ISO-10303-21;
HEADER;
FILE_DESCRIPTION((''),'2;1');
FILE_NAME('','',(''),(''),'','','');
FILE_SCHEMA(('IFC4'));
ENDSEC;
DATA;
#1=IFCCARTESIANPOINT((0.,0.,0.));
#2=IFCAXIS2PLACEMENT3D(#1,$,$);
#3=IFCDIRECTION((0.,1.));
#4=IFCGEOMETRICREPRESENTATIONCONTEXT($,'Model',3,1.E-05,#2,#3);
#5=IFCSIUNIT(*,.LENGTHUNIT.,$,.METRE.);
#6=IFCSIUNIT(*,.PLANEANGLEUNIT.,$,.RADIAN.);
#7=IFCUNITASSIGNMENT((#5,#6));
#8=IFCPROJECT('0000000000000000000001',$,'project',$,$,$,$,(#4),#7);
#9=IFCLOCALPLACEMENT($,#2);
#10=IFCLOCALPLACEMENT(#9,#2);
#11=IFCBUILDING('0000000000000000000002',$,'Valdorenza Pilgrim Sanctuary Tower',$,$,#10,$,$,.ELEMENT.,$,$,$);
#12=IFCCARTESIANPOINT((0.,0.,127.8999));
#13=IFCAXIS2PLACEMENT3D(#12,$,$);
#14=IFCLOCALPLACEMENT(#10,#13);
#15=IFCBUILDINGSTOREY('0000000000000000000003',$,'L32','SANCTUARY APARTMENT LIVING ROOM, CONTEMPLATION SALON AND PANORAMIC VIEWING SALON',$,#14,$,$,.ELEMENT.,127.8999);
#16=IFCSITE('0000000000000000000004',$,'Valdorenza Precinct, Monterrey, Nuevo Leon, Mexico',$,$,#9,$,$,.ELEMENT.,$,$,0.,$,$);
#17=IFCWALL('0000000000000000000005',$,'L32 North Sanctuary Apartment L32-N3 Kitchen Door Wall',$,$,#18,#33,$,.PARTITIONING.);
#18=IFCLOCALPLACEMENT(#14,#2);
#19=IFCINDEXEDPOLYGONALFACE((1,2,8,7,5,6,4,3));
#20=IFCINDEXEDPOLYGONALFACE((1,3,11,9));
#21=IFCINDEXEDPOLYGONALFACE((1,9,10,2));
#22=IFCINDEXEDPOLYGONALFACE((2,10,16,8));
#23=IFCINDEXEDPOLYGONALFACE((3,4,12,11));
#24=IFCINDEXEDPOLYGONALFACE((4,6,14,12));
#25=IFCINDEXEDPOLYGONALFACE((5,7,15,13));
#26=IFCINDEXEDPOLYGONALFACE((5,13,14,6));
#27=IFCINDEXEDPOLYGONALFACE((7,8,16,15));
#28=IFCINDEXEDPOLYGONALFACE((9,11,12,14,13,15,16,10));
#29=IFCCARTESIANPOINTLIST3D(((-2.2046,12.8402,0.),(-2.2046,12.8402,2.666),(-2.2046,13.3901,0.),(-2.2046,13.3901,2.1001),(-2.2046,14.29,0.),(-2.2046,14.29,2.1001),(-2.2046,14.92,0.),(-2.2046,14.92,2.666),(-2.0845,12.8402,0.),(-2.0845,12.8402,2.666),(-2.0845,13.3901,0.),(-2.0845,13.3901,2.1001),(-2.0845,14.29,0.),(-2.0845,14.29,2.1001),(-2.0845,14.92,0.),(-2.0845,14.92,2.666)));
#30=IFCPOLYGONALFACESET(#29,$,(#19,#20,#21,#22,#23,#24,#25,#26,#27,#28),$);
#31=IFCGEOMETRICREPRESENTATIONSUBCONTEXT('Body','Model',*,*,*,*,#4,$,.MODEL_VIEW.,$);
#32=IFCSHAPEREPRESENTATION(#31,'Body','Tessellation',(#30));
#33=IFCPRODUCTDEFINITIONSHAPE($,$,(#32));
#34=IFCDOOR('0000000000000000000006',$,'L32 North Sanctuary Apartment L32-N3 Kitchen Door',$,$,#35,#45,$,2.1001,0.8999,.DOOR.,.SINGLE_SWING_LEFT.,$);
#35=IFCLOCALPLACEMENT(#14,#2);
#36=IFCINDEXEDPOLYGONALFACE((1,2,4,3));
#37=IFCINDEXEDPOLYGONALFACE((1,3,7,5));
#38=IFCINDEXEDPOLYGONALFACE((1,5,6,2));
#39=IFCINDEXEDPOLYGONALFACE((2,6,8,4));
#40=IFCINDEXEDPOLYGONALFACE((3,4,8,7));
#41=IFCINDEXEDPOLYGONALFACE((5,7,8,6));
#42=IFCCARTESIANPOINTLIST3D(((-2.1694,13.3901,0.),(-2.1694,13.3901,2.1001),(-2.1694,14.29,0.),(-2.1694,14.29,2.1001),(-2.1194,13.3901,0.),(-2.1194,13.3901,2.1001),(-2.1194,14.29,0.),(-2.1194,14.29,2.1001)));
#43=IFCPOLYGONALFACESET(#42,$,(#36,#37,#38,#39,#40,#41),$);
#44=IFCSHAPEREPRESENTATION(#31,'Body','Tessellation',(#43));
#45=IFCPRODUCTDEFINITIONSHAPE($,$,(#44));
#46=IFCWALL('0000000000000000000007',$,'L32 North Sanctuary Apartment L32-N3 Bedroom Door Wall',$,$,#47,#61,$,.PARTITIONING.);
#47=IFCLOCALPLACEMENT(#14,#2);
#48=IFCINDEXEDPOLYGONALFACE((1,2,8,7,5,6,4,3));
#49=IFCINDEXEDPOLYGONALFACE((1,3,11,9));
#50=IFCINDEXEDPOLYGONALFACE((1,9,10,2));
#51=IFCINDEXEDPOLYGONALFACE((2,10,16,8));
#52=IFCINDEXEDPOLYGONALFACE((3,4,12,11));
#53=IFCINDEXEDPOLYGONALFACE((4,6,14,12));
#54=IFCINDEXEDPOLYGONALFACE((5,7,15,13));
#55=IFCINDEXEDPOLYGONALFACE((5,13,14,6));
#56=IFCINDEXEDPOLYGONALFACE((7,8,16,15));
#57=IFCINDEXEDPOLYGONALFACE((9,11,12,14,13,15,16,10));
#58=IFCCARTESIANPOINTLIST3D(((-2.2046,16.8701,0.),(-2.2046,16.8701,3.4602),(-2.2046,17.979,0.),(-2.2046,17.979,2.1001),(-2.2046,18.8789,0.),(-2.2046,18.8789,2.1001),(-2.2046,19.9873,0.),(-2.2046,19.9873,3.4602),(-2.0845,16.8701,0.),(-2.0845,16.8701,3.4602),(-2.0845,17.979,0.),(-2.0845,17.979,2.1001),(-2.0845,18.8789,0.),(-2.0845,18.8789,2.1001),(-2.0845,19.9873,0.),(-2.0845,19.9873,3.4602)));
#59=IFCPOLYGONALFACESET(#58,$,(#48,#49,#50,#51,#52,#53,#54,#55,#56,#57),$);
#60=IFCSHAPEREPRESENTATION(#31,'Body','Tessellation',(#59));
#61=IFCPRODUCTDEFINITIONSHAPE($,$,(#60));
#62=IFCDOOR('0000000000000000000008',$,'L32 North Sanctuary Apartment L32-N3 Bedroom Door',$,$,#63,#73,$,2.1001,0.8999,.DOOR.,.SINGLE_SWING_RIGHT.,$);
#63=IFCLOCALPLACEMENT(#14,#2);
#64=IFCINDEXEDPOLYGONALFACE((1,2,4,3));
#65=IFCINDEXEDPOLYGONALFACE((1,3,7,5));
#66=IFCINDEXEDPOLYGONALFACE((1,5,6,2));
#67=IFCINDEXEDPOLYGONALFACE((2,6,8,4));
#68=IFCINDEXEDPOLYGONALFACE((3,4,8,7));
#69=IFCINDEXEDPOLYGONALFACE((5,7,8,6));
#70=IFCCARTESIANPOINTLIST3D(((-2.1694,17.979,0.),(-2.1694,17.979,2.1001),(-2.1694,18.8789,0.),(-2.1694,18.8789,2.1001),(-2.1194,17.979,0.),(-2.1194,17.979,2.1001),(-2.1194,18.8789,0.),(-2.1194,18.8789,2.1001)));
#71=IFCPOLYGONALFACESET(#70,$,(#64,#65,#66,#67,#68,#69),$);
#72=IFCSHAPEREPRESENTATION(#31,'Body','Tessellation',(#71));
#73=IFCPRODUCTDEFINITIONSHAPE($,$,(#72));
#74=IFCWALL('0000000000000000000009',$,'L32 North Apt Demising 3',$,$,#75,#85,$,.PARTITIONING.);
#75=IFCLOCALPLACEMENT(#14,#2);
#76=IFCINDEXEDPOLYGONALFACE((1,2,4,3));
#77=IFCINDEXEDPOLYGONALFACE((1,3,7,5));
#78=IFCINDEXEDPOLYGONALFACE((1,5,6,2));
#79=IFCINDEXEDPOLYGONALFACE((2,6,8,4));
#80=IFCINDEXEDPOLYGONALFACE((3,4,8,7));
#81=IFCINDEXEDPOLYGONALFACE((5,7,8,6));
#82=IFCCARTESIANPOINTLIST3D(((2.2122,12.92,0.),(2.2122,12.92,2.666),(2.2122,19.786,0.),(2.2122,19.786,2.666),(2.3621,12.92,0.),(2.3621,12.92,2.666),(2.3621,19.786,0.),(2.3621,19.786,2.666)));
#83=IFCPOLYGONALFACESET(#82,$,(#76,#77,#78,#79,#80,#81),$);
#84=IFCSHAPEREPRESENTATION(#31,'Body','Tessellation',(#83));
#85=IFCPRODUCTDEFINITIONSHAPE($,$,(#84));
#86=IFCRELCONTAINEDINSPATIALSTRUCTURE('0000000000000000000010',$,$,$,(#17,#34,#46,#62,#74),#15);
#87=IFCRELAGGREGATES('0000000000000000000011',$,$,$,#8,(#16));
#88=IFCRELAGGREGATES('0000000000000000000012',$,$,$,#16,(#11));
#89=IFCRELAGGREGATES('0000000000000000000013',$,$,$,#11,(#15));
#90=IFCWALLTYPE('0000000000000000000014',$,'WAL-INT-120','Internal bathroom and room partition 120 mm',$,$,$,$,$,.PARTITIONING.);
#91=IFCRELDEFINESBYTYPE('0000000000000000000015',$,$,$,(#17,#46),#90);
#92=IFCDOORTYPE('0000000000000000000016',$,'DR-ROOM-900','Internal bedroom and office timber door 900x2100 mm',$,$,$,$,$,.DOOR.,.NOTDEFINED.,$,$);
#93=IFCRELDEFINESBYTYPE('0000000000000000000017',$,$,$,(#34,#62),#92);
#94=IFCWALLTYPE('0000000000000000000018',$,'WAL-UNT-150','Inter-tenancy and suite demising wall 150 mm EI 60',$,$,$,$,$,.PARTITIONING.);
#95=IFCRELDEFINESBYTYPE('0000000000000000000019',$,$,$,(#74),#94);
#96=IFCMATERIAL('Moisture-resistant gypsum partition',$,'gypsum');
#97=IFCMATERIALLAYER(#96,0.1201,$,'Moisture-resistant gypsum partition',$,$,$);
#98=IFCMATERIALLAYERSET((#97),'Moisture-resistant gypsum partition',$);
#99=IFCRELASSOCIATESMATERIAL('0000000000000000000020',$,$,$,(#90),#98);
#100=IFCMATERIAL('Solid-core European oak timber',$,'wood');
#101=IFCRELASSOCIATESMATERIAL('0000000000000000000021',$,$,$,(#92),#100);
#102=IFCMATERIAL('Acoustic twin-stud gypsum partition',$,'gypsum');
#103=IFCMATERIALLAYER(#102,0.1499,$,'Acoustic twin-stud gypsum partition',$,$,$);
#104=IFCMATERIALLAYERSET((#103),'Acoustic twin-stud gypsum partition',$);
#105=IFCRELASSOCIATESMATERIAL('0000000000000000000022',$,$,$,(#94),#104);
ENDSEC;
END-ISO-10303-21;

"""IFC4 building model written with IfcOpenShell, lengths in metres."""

from ifc_helpers import new_model, si_unit, direction, frame, frame_2d, origin, place, context, subcontext, project, spatial, rectangle, extrude, material, layer, layer_set, type_object, element, fill, save


model = new_model("IFC4")

# Units and contexts
model_context = context("Model", 3, precision=1e-05, world=origin(), true_north=direction((0.0, 1.0)))
body_context = subcontext(model_context, "Body", "Model", "MODEL_VIEW")
ifc_project = project(units=[si_unit("LENGTHUNIT", "METRE"), si_unit("PLANEANGLEUNIT", "RADIAN")], contexts=[model_context])

# Site, building, storey
site_placement = place(None, origin())
site = spatial("IfcSite", under=ifc_project, at=site_placement, Name="Valdorenza Precinct, Monterrey, Nuevo Leon, Mexico", CompositionType="ELEMENT", RefElevation=0.0)
building_placement = place(site_placement, origin())
building = spatial("IfcBuilding", under=site, at=building_placement, Name="Valdorenza Pilgrim Sanctuary Tower", CompositionType="ELEMENT")
storey_placement = place(building_placement, frame((0.0, 0.0, 127.8999)))
storey = spatial("IfcBuildingStorey", under=building, at=storey_placement, Name="L32", Description="SANCTUARY APARTMENT LIVING ROOM, CONTEMPLATION SALON AND PANORAMIC VIEWING SALON", CompositionType="ELEMENT", Elevation=127.8999)

# Shared definitions
ifc_material_1 = material(Name="Moisture-resistant gypsum partition", Category="gypsum")
ifc_layer_1 = layer(ifc_material_1, 0.1201, Name="Moisture-resistant gypsum partition")
ifc_layer_set_1 = layer_set([ifc_layer_1], Name="Moisture-resistant gypsum partition")
wall_type_1 = type_object("IfcWallType", Name="WAL-INT-120", Description="Internal bathroom and room partition 120 mm", PredefinedType="PARTITIONING", material=ifc_layer_set_1)

# Walls, openings, doors
wall_1_placement = place(storey_placement, frame((-2.1445, 12.8401, 0.0), z_axis=(0.0, 0.0, 1.0), x_axis=(0.0, 1.0, 0.0)))
wall_1 = element("IfcWall", 1, at=wall_1_placement, inside=storey, type_object=wall_type_1, Name="L32 North Sanctuary Apartment L32-N3 Kitchen Door Wall", PredefinedType="PARTITIONING", context=body_context, shape_type="SweptSolid", body=[
    extrude(rectangle(XDim=2.0798, YDim=0.1201, at=frame_2d((1.04, 0.0))), origin(), (0.0, 0.0, 1.0), 2.666),
])
opening_1_placement = place(wall_1_placement, frame((0.55, 0.0, 0.0)))
opening_1 = element("IfcOpeningElement", 2, at=opening_1_placement, cuts=wall_1, PredefinedType="OPENING", context=body_context, shape_type="SweptSolid", body=[
    extrude(rectangle(XDim=0.8999, YDim=2.1001, at=frame_2d((0.45, 1.05))), frame((0.0, 0.075, 0.0), z_axis=(0.0, -1.0, 0.0), x_axis=(1.0, 0.0, 0.0)), (0.0, 0.0, 1.0), 0.1499),
])
ifc_material_2 = material(Name="Solid-core European oak timber", Category="wood")
door_type_1 = type_object("IfcDoorType", Name="DR-ROOM-900", Description="Internal bedroom and office timber door 900x2100 mm", OperationType="NOTDEFINED", PredefinedType="DOOR", material=ifc_material_2)
door_1_placement = place(opening_1_placement, origin())
door_1 = element("IfcDoor", 3, at=door_1_placement, inside=storey, type_object=door_type_1, Name="L32 North Sanctuary Apartment L32-N3 Kitchen Door", OperationType="SINGLE_SWING_LEFT", OverallHeight=2.1001, OverallWidth=0.8999, PredefinedType="DOOR", context=body_context, shape_type="SweptSolid", body=[
    extrude(rectangle(XDim=0.8999, YDim=2.1001, at=frame_2d((0.45, 1.05))), frame((0.0, 0.0249, 0.0), z_axis=(0.0, -1.0, 0.0), x_axis=(1.0, 0.0, 0.0)), (0.0, 0.0, 1.0), 0.05),
])
fill(opening_1, door_1)
wall_2_placement = place(storey_placement, frame((-2.1445, 16.8701, 0.0), z_axis=(0.0, 0.0, 1.0), x_axis=(0.0, 1.0, 0.0)))
wall_2 = element("IfcWall", 4, at=wall_2_placement, inside=storey, type_object=wall_type_1, Name="L32 North Sanctuary Apartment L32-N3 Bedroom Door Wall", PredefinedType="PARTITIONING", context=body_context, shape_type="SweptSolid", body=[
    extrude(rectangle(XDim=3.1172, YDim=0.1201, at=frame_2d((1.5586, 0.0))), origin(), (0.0, 0.0, 1.0), 3.4602),
])
opening_2_placement = place(wall_2_placement, frame((1.1089, 0.0, 0.0)))
opening_2 = element("IfcOpeningElement", 5, at=opening_2_placement, cuts=wall_2, PredefinedType="OPENING", context=body_context, shape_type="SweptSolid", body=[
    extrude(rectangle(XDim=0.8999, YDim=2.1001, at=frame_2d((0.45, 1.05))), frame((0.0, 0.075, 0.0), z_axis=(0.0, -1.0, 0.0), x_axis=(1.0, 0.0, 0.0)), (0.0, 0.0, 1.0), 0.1499),
])
door_2_placement = place(opening_2_placement, origin())
door_2 = element("IfcDoor", 6, at=door_2_placement, inside=storey, type_object=door_type_1, Name="L32 North Sanctuary Apartment L32-N3 Bedroom Door", OperationType="SINGLE_SWING_RIGHT", OverallHeight=2.1001, OverallWidth=0.8999, PredefinedType="DOOR", context=body_context, shape_type="SweptSolid", body=[
    extrude(rectangle(XDim=0.8999, YDim=2.1001, at=frame_2d((0.45, 1.05))), frame((0.0, 0.0249, 0.0), z_axis=(0.0, -1.0, 0.0), x_axis=(1.0, 0.0, 0.0)), (0.0, 0.0, 1.0), 0.05),
])
fill(opening_2, door_2)

# Wall
ifc_material_3 = material(Name="Acoustic twin-stud gypsum partition", Category="gypsum")
ifc_layer_2 = layer(ifc_material_3, 0.1499, Name="Acoustic twin-stud gypsum partition")
ifc_layer_set_2 = layer_set([ifc_layer_2], Name="Acoustic twin-stud gypsum partition")
wall_type_2 = type_object("IfcWallType", Name="WAL-UNT-150", Description="Inter-tenancy and suite demising wall 150 mm EI 60", PredefinedType="PARTITIONING", material=ifc_layer_set_2)
wall_3_placement = place(storey_placement, frame((2.2871, 12.9199, 0.0), z_axis=(0.0, 0.0, 1.0), x_axis=(0.0, 1.0, 0.0)))
element("IfcWall", 7, at=wall_3_placement, inside=storey, type_object=wall_type_2, Name="L32 North Apt Demising 3", PredefinedType="PARTITIONING", context=body_context, shape_type="SweptSolid", body=[
    extrude(rectangle(XDim=6.866, YDim=0.1499, at=frame_2d((3.4331, 0.0))), origin(), (0.0, 0.0, 1.0), 2.666),
])

save(model, "model.ifc")
